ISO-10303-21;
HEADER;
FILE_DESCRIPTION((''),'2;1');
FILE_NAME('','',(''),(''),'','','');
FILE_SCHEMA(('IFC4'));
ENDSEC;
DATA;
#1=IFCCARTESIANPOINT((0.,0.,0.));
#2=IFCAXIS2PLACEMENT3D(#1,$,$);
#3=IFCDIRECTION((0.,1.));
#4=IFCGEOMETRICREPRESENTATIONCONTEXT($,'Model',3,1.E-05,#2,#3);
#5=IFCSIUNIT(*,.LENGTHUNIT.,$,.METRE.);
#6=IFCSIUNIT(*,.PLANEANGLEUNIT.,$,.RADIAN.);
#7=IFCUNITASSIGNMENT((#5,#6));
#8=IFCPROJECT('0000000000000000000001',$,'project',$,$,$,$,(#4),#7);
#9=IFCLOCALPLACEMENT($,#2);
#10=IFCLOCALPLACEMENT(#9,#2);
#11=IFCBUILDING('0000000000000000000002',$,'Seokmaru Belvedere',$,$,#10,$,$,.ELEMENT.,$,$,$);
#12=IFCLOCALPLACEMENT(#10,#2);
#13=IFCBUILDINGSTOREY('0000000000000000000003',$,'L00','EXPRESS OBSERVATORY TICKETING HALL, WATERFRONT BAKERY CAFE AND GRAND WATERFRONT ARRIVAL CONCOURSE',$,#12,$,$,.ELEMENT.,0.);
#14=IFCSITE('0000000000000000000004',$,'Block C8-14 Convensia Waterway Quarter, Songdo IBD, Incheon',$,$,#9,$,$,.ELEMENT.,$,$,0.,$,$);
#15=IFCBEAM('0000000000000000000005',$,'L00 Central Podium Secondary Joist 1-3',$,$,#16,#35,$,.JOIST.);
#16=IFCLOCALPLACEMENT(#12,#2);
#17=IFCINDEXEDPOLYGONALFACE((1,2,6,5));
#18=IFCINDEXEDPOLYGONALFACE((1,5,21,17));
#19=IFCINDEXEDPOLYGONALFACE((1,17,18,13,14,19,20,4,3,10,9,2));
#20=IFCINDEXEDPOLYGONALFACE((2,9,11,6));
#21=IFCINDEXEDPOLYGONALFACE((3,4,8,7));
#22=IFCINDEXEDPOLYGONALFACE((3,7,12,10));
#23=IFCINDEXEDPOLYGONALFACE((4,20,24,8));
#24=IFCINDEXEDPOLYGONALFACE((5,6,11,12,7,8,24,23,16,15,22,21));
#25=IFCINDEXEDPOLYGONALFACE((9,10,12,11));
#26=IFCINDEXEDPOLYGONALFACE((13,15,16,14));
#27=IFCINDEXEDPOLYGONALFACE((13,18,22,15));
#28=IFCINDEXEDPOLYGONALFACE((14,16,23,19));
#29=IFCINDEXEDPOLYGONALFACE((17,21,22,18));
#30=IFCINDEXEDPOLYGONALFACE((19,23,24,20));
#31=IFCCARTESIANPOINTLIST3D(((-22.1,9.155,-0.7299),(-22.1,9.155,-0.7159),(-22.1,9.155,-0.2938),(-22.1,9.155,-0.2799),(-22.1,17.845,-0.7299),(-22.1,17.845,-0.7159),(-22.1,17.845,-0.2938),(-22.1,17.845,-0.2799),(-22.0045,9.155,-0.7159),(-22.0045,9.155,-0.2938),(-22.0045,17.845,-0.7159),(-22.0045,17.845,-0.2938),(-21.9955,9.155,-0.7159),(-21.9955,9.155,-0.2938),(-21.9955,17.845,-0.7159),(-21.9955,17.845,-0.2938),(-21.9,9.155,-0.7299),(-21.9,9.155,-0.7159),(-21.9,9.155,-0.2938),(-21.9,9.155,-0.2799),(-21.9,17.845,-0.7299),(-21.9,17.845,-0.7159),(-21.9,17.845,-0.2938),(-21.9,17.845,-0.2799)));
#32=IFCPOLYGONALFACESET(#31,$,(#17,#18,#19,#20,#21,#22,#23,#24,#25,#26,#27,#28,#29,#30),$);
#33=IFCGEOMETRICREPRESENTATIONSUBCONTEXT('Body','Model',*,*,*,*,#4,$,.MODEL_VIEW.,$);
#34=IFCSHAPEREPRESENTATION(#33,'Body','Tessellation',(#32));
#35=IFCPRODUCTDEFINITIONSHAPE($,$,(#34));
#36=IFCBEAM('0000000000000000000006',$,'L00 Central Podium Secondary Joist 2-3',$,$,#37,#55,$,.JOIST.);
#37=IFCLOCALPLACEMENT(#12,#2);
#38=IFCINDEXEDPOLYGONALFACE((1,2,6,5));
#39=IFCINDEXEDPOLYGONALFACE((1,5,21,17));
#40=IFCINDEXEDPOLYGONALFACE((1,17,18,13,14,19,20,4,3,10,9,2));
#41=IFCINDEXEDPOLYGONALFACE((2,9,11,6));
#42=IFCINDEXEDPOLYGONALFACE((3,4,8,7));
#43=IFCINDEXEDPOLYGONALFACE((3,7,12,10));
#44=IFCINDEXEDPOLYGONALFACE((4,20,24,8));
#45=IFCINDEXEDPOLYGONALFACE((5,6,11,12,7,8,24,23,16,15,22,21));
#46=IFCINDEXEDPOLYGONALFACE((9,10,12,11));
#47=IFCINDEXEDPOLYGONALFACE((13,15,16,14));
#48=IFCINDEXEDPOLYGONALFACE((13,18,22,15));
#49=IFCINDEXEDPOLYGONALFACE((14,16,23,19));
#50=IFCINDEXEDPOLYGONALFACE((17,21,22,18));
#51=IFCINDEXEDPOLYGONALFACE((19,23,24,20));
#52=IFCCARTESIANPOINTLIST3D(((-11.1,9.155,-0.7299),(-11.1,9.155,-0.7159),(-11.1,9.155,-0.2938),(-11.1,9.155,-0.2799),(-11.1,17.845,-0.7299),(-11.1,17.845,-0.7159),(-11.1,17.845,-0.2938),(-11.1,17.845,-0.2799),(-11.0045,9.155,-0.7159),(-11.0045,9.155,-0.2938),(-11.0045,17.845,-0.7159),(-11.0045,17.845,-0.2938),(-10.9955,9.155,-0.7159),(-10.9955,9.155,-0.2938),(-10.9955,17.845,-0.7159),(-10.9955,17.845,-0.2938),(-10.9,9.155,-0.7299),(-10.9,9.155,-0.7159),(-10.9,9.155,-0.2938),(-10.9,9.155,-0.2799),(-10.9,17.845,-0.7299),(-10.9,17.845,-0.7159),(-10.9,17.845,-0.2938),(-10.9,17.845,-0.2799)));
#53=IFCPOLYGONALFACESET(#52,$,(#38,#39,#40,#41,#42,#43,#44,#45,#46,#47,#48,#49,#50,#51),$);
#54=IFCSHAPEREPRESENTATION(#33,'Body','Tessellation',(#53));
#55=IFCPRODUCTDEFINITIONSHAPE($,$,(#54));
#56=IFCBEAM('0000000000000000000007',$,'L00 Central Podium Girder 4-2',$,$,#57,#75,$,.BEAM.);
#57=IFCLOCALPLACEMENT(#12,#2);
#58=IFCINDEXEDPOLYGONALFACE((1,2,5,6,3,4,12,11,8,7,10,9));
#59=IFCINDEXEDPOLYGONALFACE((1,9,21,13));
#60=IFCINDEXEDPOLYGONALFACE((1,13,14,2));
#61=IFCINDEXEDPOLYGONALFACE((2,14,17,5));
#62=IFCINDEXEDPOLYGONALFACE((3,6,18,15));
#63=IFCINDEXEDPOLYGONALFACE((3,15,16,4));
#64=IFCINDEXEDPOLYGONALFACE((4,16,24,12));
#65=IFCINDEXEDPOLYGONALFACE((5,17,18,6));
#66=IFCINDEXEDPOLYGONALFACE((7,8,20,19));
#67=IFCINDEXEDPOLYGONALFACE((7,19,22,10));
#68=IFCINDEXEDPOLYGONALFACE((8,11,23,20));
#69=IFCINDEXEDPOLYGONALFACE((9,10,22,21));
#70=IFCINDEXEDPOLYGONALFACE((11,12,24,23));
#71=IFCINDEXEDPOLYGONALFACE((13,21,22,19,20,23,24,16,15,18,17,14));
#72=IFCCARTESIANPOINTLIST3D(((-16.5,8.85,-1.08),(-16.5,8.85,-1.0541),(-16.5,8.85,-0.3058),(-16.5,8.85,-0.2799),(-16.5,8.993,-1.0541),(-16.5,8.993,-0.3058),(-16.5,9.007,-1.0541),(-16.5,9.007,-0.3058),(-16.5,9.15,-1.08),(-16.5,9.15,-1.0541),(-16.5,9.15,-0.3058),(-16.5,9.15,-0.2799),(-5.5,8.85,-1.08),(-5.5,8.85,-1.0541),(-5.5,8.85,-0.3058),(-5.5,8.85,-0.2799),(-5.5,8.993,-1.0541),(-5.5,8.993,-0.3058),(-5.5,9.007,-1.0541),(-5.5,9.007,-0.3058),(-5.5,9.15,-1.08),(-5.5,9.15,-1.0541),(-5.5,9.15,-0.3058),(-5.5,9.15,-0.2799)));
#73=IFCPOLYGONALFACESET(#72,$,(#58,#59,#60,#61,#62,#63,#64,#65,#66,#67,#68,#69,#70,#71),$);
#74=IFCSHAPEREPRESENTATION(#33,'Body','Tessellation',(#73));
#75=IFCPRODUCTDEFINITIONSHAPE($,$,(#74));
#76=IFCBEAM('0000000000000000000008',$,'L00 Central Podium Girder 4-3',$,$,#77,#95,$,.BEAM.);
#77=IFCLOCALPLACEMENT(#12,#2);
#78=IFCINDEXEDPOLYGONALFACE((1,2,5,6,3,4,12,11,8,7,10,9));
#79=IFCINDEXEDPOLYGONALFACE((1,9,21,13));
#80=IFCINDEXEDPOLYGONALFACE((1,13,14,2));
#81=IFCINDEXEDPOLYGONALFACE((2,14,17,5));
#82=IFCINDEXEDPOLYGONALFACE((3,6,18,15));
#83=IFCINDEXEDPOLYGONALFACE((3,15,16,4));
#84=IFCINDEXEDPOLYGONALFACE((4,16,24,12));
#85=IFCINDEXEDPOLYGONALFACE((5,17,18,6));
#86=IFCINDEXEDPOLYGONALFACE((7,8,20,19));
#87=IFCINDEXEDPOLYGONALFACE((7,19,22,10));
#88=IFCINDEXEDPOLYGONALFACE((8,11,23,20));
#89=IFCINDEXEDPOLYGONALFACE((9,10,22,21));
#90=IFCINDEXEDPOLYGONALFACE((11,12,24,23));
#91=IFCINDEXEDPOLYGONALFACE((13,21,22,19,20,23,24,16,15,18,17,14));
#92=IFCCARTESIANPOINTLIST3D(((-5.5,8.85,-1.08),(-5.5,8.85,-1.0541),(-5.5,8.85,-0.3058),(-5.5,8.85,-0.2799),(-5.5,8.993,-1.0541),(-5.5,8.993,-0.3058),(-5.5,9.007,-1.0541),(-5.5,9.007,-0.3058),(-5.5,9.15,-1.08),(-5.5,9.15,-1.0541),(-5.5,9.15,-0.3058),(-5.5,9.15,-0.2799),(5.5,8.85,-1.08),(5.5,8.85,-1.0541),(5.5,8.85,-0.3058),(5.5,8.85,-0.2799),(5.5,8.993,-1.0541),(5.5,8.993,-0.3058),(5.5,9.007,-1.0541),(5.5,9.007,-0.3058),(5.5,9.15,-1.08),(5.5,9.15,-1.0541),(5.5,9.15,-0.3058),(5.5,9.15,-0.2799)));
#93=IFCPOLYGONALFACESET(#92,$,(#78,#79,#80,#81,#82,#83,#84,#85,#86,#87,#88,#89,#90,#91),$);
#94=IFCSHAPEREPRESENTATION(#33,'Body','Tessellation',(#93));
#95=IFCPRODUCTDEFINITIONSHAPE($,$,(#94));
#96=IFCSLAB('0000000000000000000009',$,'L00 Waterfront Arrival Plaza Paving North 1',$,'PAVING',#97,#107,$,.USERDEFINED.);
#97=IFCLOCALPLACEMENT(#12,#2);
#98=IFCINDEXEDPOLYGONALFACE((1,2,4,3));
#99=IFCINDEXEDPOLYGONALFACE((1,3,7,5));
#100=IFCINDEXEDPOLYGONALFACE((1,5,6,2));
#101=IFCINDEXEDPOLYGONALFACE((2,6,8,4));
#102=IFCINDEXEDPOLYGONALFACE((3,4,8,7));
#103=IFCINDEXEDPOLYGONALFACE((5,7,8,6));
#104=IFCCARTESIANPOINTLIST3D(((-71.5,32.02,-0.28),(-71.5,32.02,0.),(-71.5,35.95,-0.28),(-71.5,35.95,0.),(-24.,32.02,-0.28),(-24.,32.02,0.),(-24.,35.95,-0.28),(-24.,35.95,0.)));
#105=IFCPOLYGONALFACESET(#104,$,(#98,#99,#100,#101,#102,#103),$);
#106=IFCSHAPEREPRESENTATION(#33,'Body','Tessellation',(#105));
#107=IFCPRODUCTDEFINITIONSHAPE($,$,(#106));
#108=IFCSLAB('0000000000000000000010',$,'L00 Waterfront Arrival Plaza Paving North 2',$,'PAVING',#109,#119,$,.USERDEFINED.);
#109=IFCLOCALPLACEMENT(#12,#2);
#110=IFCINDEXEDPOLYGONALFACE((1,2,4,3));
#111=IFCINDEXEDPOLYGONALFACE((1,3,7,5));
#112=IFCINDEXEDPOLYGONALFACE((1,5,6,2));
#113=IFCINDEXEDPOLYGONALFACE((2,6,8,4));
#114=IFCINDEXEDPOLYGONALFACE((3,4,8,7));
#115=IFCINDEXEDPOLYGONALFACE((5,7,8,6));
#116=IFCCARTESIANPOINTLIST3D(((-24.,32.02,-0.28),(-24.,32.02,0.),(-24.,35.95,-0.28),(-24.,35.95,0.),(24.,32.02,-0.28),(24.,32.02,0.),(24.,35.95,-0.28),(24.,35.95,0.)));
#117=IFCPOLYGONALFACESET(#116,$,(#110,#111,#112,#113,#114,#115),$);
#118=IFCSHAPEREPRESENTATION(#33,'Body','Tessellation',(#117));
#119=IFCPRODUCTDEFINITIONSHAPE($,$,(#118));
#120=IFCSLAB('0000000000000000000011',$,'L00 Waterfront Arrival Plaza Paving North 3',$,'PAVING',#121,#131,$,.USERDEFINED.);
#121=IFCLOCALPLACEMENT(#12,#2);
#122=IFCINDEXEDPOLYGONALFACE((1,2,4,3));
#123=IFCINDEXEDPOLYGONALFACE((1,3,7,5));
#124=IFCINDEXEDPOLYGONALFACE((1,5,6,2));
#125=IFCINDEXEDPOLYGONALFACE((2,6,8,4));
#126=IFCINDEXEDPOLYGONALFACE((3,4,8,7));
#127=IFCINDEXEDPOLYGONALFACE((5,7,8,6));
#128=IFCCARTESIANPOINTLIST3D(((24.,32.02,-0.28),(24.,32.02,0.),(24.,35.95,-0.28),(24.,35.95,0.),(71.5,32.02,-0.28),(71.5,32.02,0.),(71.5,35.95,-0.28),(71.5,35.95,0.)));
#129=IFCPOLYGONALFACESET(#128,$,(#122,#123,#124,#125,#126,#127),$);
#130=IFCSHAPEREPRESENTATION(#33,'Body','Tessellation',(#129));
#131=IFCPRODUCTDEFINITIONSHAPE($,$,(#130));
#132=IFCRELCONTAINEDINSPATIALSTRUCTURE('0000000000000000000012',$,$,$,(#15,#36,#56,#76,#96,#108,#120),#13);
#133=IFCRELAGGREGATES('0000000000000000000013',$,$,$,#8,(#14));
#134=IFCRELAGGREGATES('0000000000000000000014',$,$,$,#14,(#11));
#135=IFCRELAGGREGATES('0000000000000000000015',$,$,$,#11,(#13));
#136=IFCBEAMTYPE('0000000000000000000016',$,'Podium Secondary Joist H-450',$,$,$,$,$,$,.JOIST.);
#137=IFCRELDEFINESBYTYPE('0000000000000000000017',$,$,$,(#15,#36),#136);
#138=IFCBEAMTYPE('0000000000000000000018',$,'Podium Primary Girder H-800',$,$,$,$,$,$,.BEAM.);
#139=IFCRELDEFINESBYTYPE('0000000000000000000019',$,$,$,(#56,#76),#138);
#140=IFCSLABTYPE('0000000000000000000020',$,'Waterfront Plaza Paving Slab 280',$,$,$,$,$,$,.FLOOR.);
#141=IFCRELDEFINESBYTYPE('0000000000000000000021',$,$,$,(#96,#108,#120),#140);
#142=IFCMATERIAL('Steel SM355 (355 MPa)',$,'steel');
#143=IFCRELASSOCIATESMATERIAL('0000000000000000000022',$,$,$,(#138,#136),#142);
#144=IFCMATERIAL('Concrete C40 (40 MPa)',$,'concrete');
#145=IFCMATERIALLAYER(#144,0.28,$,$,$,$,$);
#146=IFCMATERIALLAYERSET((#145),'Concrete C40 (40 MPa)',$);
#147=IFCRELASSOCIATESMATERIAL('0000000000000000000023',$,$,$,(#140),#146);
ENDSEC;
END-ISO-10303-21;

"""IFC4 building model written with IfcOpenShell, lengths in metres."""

from ifc_helpers import new_model, si_unit, direction, frame, origin, origin_2d, place, context, subcontext, project, spatial, polyline, i_section, outline, extrude, source, transform, mapped, material, layer, layer_set, material_profile, profile_set, type_object, type_shapes, element, save


model = new_model("IFC4")

# Units and contexts
model_context = context("Model", 3, precision=1e-05, world=origin(), true_north=direction((0.0, 1.0)))
body_context = subcontext(model_context, "Body", "Model", "MODEL_VIEW")
ifc_project = project(units=[si_unit("LENGTHUNIT", "METRE"), si_unit("PLANEANGLEUNIT", "RADIAN")], contexts=[model_context])

# Site, building, storey
site_placement = place(None, origin())
site = spatial("IfcSite", under=ifc_project, at=site_placement, Name="Block C8-14 Convensia Waterway Quarter, Songdo IBD, Incheon", CompositionType="ELEMENT", RefElevation=0.0)
building_placement = place(site_placement, origin())
building = spatial("IfcBuilding", under=site, at=building_placement, Name="Seokmaru Belvedere", CompositionType="ELEMENT")
storey_placement = place(building_placement, origin())
storey = spatial("IfcBuildingStorey", under=building, at=storey_placement, Name="L00", Description="EXPRESS OBSERVATORY TICKETING HALL, WATERFRONT BAKERY CAFE AND GRAND WATERFRONT ARRIVAL CONCOURSE", CompositionType="ELEMENT", Elevation=0.0)

# Shared definitions
ifc_material_1 = material(Name="Steel SM355 (355 MPa)", Category="steel")

# Beams
ifc_material_profile_1 = material_profile(ifc_material_1, i_section(OverallWidth=0.3, OverallDepth=0.8, WebThickness=0.0139, FlangeThickness=0.0259, at=origin_2d()), Name="H-800x300x14x26")
ifc_profile_set_1 = profile_set([ifc_material_profile_1], Name="Steel SM355 (355 MPa)")
beam_type_1 = type_object("IfcBeamType", Name="Podium Primary Girder H-800", PredefinedType="BEAM", material=ifc_profile_set_1)
ifc_material_profile_2 = material_profile(ifc_material_1, i_section(OverallWidth=0.2, OverallDepth=0.45, WebThickness=0.009, FlangeThickness=0.0139, at=origin_2d()), Name="H-450x200x9x14")
ifc_profile_set_2 = profile_set([ifc_material_profile_2], Name="Steel SM355 (355 MPa)")
beam_type_2 = type_object("IfcBeamType", Name="Podium Secondary Joist H-450", PredefinedType="JOIST", material=ifc_profile_set_2)
shared_shape_1 = source(origin(), body_context, "Body", "SweptSolid", [
    extrude(i_section(OverallWidth=0.2, OverallDepth=0.45, WebThickness=0.009, FlangeThickness=0.0139, at=origin_2d()), origin(), (0.0, 0.0, 1.0), 8.6899),
])
type_shapes(beam_type_2, [shared_shape_1])
for number, where, z_axis, x_axis, name in (
    (1, (-22.0, 9.155, -0.5049), (0.0, 1.0, 0.0), (-1.0, 0.0, 0.0), "L00 Central Podium Secondary Joist 1-3"),
    (2, (-11.0, 9.155, -0.5049), (0.0, 1.0, 0.0), (-1.0, 0.0, 0.0), "L00 Central Podium Secondary Joist 2-3"),
):
    element("IfcBeam", number, at=place(storey_placement, frame(where, z_axis=z_axis, x_axis=x_axis)), inside=storey, type_object=beam_type_2, Name=name, PredefinedType="JOIST", context=body_context, shape_type="MappedRepresentation", body=[
        mapped(shared_shape_1, transform((0.0, 0.0, 0.0), scale=1.0)),
    ])
shared_shape_2 = source(origin(), body_context, "Body", "SweptSolid", [
    extrude(i_section(OverallWidth=0.3, OverallDepth=0.8, WebThickness=0.0139, FlangeThickness=0.0259, at=origin_2d()), origin(), (0.0, 0.0, 1.0), 11.0),
])
for number, where, z_axis, x_axis, name in (
    (3, (-16.5, 9.0, -0.6799), (1.0, 0.0, 0.0), (0.0, 1.0, 0.0), "L00 Central Podium Girder 4-2"),
    (4, (-5.5, 9.0, -0.6799), (1.0, 0.0, 0.0), (0.0, 1.0, 0.0), "L00 Central Podium Girder 4-3"),
):
    element("IfcBeam", number, at=place(storey_placement, frame(where, z_axis=z_axis, x_axis=x_axis)), inside=storey, type_object=beam_type_1, Name=name, PredefinedType="BEAM", context=body_context, shape_type="MappedRepresentation", body=[
        mapped(shared_shape_2, transform((0.0, 0.0, 0.0), scale=1.0)),
    ])

# Slabs
ifc_material_2 = material(Name="Concrete C40 (40 MPa)", Category="concrete")
ifc_layer_1 = layer(ifc_material_2, 0.28)
ifc_layer_set_1 = layer_set([ifc_layer_1], Name="Concrete C40 (40 MPa)")
slab_type = type_object("IfcSlabType", Name="Waterfront Plaza Paving Slab 280", PredefinedType="FLOOR", material=ifc_layer_set_1)
slab_1_placement = place(storey_placement, frame((0.0, 0.0, -0.28)))
element("IfcSlab", 5, at=slab_1_placement, inside=storey, type_object=slab_type, Name="L00 Waterfront Arrival Plaza Paving North 1", ObjectType="PAVING", PredefinedType="USERDEFINED", context=body_context, shape_type="SweptSolid", body=[
    extrude(outline(polyline([(-71.5, 32.02), (-24.0, 32.02), (-24.0, 35.95), (-71.5, 35.95), (-71.5, 32.02)])), origin(), (0.0, 0.0, 1.0), 0.28),
])
slab_2_placement = place(storey_placement, frame((0.0, 0.0, -0.28)))
element("IfcSlab", 6, at=slab_2_placement, inside=storey, type_object=slab_type, Name="L00 Waterfront Arrival Plaza Paving North 2", ObjectType="PAVING", PredefinedType="USERDEFINED", context=body_context, shape_type="SweptSolid", body=[
    extrude(outline(polyline([(-24.0, 32.02), (24.0, 32.02), (24.0, 35.95), (-24.0, 35.95), (-24.0, 32.02)])), origin(), (0.0, 0.0, 1.0), 0.28),
])
slab_3_placement = place(storey_placement, frame((0.0, 0.0, -0.28)))
element("IfcSlab", 7, at=slab_3_placement, inside=storey, type_object=slab_type, Name="L00 Waterfront Arrival Plaza Paving North 3", ObjectType="PAVING", PredefinedType="USERDEFINED", context=body_context, shape_type="SweptSolid", body=[
    extrude(outline(polyline([(24.0, 32.02), (71.5, 32.02), (71.5, 35.95), (24.0, 35.95), (24.0, 32.02)])), origin(), (0.0, 0.0, 1.0), 0.28),
])

save(model, "model.ifc")
